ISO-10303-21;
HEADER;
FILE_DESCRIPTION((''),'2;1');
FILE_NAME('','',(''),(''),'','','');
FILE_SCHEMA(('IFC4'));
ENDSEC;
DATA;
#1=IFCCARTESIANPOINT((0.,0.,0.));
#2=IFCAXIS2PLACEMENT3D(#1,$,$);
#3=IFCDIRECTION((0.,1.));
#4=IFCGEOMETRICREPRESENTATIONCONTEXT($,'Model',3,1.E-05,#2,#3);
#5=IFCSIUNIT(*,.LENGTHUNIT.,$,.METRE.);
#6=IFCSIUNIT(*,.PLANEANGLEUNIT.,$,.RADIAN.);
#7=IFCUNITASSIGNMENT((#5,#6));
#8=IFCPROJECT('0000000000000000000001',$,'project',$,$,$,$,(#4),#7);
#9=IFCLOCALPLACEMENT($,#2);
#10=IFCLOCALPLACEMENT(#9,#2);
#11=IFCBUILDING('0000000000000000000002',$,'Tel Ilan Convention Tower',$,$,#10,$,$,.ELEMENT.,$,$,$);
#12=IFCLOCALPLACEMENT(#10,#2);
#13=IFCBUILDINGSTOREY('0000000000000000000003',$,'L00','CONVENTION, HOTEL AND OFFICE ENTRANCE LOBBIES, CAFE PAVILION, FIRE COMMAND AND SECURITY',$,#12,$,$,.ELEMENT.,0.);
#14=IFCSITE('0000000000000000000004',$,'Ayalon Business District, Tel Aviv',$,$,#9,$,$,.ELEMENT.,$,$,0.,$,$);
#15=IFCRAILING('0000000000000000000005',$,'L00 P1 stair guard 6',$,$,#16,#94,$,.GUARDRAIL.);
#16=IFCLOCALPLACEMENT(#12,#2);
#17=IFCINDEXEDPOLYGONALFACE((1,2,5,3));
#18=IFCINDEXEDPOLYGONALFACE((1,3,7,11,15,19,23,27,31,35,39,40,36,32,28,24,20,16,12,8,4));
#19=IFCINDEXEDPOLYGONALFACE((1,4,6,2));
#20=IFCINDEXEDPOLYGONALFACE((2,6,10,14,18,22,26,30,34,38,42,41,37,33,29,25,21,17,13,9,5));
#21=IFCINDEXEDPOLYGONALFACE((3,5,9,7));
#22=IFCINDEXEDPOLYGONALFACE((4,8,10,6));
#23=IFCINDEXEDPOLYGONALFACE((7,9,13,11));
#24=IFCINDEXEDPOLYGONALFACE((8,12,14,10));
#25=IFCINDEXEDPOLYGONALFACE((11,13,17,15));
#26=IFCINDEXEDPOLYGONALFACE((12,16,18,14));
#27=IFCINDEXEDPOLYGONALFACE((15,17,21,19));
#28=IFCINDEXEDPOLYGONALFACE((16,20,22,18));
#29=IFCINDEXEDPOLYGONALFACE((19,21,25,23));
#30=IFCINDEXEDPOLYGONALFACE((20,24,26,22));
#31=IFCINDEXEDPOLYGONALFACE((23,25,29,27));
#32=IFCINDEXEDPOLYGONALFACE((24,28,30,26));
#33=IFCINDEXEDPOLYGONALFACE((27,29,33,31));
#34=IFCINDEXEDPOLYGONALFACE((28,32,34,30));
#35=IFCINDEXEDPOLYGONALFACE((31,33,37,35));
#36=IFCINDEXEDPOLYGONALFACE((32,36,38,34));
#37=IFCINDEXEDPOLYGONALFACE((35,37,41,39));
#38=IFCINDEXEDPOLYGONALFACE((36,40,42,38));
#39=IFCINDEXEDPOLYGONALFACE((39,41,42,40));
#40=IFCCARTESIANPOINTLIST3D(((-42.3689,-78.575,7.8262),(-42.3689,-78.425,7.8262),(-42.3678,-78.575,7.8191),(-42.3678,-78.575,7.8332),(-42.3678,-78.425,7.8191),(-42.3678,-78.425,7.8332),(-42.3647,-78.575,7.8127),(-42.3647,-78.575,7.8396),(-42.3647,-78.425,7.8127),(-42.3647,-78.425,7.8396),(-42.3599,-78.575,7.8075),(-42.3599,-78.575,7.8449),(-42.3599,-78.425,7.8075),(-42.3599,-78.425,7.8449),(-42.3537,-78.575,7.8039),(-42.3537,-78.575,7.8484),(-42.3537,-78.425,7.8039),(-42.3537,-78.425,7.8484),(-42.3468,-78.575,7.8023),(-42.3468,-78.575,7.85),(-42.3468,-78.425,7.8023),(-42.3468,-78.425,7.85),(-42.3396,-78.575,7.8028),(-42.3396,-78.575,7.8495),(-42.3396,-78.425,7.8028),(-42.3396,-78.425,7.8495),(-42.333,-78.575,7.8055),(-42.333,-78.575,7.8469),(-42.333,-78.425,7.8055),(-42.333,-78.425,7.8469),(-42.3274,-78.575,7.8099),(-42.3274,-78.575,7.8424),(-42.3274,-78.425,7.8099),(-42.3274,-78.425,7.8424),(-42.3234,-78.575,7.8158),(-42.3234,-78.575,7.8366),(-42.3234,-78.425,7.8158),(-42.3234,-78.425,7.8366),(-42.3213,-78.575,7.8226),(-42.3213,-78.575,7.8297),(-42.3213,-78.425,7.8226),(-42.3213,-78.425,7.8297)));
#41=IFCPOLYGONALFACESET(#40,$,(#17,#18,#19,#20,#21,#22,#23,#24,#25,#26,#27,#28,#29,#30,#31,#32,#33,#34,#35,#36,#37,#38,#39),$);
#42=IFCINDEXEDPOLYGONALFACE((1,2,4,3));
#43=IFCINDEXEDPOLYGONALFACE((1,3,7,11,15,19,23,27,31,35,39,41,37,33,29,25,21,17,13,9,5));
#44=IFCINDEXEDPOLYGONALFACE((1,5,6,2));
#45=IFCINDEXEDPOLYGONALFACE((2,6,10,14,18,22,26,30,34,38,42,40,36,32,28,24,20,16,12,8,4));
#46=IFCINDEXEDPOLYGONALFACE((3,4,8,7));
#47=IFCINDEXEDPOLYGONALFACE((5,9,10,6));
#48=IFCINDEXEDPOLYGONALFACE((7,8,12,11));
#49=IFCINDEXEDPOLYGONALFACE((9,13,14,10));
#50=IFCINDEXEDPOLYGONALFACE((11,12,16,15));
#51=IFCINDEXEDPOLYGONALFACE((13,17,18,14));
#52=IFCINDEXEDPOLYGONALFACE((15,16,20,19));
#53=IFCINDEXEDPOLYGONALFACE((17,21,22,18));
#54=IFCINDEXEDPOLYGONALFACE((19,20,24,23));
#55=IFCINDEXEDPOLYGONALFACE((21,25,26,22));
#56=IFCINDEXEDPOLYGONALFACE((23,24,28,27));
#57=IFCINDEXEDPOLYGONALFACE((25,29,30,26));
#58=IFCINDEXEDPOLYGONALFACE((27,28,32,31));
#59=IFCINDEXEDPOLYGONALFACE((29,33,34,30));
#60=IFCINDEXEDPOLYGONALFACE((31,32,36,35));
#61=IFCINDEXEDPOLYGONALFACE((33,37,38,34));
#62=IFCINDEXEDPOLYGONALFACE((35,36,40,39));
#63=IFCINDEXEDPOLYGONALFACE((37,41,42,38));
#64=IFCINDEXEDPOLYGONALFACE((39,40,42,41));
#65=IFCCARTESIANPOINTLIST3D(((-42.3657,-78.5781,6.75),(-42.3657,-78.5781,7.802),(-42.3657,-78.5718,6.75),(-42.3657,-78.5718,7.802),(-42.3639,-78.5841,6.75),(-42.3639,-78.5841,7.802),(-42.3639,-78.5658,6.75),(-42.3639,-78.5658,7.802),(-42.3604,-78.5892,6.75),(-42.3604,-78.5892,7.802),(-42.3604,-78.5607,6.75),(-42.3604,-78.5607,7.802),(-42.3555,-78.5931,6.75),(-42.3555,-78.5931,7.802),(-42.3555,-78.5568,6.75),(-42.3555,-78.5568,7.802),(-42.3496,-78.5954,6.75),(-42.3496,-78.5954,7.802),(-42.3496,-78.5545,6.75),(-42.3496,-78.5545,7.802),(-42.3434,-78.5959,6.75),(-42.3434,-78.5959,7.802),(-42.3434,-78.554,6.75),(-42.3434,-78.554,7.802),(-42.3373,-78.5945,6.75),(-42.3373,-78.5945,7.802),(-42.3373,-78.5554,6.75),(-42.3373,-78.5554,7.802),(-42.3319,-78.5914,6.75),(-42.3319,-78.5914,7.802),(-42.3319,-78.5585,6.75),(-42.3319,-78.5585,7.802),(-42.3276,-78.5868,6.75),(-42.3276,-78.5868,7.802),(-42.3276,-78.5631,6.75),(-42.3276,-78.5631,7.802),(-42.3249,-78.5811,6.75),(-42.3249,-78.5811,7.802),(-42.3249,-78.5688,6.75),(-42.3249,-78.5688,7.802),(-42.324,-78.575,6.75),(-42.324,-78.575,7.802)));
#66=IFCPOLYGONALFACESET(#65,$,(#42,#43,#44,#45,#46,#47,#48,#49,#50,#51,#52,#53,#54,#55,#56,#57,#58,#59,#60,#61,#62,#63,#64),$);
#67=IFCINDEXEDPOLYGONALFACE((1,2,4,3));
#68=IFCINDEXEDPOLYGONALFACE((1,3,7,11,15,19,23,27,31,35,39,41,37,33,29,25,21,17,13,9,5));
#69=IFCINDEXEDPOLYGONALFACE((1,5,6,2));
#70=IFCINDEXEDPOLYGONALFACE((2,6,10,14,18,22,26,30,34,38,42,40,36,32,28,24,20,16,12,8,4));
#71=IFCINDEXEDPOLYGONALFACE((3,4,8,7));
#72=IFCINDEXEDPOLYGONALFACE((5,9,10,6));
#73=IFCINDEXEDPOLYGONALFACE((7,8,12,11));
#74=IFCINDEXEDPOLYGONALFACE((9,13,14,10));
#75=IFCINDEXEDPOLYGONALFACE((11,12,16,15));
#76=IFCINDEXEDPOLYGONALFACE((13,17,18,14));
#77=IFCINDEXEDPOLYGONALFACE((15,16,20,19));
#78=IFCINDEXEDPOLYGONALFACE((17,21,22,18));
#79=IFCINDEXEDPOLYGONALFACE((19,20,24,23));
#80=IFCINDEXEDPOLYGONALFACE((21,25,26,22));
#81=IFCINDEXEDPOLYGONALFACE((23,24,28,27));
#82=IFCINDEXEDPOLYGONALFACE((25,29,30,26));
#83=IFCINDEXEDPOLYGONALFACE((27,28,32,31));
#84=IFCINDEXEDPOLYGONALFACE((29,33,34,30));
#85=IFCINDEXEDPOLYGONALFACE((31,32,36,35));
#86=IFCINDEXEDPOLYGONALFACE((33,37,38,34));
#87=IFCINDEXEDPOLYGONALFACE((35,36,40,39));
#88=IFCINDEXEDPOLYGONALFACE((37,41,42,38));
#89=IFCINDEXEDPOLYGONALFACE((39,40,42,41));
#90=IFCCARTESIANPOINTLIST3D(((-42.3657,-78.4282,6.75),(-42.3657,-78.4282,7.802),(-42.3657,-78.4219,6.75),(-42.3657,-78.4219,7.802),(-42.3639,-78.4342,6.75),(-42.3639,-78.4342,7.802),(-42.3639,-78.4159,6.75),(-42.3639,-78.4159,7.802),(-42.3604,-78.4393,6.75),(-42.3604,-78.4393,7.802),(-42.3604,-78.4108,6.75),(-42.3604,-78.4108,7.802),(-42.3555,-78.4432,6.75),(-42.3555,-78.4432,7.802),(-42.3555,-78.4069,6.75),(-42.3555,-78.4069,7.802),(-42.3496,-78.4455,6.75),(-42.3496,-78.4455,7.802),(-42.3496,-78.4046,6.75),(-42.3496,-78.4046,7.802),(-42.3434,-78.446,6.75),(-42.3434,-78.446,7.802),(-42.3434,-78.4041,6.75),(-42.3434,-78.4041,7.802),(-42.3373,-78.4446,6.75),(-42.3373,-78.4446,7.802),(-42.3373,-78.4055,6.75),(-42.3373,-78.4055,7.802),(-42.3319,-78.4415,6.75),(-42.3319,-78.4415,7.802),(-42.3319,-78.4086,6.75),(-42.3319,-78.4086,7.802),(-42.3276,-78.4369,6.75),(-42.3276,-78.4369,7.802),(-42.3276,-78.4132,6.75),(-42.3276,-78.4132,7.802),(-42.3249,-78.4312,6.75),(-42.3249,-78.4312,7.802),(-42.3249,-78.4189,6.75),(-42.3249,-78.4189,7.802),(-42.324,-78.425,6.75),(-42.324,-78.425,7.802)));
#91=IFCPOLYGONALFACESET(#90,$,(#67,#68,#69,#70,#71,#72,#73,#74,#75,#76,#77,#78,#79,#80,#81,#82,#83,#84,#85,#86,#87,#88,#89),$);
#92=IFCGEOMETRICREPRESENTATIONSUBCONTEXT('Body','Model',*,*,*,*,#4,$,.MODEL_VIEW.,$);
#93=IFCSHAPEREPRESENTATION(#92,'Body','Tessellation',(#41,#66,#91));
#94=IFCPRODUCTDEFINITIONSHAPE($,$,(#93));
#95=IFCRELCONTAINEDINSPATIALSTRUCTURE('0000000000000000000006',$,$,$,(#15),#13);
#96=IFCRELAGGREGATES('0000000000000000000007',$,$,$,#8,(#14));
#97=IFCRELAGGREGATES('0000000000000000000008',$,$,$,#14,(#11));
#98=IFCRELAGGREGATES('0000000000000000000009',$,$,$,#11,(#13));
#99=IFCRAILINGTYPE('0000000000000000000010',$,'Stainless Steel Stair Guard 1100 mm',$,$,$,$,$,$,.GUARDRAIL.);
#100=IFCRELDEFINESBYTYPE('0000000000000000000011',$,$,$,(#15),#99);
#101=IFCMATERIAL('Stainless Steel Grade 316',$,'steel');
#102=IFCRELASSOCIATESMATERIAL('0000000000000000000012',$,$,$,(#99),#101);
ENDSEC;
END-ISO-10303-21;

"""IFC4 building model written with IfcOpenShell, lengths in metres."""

from ifc_helpers import new_model, si_unit, direction, frame, origin, origin_2d, place, context, subcontext, project, spatial, circle, extrude, material, type_object, element, save


model = new_model("IFC4")

# Units and contexts
model_context = context("Model", 3, precision=1e-05, world=origin(), true_north=direction((0.0, 1.0)))
body_context = subcontext(model_context, "Body", "Model", "MODEL_VIEW")
ifc_project = project(units=[si_unit("LENGTHUNIT", "METRE"), si_unit("PLANEANGLEUNIT", "RADIAN")], contexts=[model_context])

# Site, building, storey
site_placement = place(None, origin())
site = spatial("IfcSite", under=ifc_project, at=site_placement, Name="Ayalon Business District, Tel Aviv", CompositionType="ELEMENT", RefElevation=0.0)
building_placement = place(site_placement, origin())
building = spatial("IfcBuilding", under=site, at=building_placement, Name="Tel Ilan Convention Tower", CompositionType="ELEMENT")
storey_placement = place(building_placement, origin())
storey = spatial("IfcBuildingStorey", under=building, at=storey_placement, Name="L00", Description="CONVENTION, HOTEL AND OFFICE ENTRANCE LOBBIES, CAFE PAVILION, FIRE COMMAND AND SECURITY", CompositionType="ELEMENT", Elevation=0.0)

# Railing
ifc_material_1 = material(Name="Stainless Steel Grade 316", Category="steel")
railing_type_1 = type_object("IfcRailingType", Name="Stainless Steel Stair Guard 1100 mm", PredefinedType="GUARDRAIL", material=ifc_material_1)
railing_1_placement = place(storey_placement, frame((-42.345, -78.575, 6.75)))
element("IfcRailing", 1, at=railing_1_placement, inside=storey, type_object=railing_type_1, Name="L00 P1 stair guard 6", PredefinedType="GUARDRAIL", context=body_context, shape_type="SweptSolid", body=[
    extrude(circle(Radius=0.0239, at=origin_2d()), frame((0.0, 0.0, 1.0762), z_axis=(0.0, 1.0, 0.0), x_axis=(-1.0, 0.0, 0.0)), (0.0, 0.0, 1.0), 0.1499),
    extrude(circle(Radius=0.021, at=origin_2d()), origin(), (0.0, 0.0, 1.0), 1.052),
    extrude(circle(Radius=0.021, at=origin_2d()), frame((0.0, 0.1499, 0.0)), (0.0, 0.0, 1.0), 1.052),
])

save(model, "model.ifc")
